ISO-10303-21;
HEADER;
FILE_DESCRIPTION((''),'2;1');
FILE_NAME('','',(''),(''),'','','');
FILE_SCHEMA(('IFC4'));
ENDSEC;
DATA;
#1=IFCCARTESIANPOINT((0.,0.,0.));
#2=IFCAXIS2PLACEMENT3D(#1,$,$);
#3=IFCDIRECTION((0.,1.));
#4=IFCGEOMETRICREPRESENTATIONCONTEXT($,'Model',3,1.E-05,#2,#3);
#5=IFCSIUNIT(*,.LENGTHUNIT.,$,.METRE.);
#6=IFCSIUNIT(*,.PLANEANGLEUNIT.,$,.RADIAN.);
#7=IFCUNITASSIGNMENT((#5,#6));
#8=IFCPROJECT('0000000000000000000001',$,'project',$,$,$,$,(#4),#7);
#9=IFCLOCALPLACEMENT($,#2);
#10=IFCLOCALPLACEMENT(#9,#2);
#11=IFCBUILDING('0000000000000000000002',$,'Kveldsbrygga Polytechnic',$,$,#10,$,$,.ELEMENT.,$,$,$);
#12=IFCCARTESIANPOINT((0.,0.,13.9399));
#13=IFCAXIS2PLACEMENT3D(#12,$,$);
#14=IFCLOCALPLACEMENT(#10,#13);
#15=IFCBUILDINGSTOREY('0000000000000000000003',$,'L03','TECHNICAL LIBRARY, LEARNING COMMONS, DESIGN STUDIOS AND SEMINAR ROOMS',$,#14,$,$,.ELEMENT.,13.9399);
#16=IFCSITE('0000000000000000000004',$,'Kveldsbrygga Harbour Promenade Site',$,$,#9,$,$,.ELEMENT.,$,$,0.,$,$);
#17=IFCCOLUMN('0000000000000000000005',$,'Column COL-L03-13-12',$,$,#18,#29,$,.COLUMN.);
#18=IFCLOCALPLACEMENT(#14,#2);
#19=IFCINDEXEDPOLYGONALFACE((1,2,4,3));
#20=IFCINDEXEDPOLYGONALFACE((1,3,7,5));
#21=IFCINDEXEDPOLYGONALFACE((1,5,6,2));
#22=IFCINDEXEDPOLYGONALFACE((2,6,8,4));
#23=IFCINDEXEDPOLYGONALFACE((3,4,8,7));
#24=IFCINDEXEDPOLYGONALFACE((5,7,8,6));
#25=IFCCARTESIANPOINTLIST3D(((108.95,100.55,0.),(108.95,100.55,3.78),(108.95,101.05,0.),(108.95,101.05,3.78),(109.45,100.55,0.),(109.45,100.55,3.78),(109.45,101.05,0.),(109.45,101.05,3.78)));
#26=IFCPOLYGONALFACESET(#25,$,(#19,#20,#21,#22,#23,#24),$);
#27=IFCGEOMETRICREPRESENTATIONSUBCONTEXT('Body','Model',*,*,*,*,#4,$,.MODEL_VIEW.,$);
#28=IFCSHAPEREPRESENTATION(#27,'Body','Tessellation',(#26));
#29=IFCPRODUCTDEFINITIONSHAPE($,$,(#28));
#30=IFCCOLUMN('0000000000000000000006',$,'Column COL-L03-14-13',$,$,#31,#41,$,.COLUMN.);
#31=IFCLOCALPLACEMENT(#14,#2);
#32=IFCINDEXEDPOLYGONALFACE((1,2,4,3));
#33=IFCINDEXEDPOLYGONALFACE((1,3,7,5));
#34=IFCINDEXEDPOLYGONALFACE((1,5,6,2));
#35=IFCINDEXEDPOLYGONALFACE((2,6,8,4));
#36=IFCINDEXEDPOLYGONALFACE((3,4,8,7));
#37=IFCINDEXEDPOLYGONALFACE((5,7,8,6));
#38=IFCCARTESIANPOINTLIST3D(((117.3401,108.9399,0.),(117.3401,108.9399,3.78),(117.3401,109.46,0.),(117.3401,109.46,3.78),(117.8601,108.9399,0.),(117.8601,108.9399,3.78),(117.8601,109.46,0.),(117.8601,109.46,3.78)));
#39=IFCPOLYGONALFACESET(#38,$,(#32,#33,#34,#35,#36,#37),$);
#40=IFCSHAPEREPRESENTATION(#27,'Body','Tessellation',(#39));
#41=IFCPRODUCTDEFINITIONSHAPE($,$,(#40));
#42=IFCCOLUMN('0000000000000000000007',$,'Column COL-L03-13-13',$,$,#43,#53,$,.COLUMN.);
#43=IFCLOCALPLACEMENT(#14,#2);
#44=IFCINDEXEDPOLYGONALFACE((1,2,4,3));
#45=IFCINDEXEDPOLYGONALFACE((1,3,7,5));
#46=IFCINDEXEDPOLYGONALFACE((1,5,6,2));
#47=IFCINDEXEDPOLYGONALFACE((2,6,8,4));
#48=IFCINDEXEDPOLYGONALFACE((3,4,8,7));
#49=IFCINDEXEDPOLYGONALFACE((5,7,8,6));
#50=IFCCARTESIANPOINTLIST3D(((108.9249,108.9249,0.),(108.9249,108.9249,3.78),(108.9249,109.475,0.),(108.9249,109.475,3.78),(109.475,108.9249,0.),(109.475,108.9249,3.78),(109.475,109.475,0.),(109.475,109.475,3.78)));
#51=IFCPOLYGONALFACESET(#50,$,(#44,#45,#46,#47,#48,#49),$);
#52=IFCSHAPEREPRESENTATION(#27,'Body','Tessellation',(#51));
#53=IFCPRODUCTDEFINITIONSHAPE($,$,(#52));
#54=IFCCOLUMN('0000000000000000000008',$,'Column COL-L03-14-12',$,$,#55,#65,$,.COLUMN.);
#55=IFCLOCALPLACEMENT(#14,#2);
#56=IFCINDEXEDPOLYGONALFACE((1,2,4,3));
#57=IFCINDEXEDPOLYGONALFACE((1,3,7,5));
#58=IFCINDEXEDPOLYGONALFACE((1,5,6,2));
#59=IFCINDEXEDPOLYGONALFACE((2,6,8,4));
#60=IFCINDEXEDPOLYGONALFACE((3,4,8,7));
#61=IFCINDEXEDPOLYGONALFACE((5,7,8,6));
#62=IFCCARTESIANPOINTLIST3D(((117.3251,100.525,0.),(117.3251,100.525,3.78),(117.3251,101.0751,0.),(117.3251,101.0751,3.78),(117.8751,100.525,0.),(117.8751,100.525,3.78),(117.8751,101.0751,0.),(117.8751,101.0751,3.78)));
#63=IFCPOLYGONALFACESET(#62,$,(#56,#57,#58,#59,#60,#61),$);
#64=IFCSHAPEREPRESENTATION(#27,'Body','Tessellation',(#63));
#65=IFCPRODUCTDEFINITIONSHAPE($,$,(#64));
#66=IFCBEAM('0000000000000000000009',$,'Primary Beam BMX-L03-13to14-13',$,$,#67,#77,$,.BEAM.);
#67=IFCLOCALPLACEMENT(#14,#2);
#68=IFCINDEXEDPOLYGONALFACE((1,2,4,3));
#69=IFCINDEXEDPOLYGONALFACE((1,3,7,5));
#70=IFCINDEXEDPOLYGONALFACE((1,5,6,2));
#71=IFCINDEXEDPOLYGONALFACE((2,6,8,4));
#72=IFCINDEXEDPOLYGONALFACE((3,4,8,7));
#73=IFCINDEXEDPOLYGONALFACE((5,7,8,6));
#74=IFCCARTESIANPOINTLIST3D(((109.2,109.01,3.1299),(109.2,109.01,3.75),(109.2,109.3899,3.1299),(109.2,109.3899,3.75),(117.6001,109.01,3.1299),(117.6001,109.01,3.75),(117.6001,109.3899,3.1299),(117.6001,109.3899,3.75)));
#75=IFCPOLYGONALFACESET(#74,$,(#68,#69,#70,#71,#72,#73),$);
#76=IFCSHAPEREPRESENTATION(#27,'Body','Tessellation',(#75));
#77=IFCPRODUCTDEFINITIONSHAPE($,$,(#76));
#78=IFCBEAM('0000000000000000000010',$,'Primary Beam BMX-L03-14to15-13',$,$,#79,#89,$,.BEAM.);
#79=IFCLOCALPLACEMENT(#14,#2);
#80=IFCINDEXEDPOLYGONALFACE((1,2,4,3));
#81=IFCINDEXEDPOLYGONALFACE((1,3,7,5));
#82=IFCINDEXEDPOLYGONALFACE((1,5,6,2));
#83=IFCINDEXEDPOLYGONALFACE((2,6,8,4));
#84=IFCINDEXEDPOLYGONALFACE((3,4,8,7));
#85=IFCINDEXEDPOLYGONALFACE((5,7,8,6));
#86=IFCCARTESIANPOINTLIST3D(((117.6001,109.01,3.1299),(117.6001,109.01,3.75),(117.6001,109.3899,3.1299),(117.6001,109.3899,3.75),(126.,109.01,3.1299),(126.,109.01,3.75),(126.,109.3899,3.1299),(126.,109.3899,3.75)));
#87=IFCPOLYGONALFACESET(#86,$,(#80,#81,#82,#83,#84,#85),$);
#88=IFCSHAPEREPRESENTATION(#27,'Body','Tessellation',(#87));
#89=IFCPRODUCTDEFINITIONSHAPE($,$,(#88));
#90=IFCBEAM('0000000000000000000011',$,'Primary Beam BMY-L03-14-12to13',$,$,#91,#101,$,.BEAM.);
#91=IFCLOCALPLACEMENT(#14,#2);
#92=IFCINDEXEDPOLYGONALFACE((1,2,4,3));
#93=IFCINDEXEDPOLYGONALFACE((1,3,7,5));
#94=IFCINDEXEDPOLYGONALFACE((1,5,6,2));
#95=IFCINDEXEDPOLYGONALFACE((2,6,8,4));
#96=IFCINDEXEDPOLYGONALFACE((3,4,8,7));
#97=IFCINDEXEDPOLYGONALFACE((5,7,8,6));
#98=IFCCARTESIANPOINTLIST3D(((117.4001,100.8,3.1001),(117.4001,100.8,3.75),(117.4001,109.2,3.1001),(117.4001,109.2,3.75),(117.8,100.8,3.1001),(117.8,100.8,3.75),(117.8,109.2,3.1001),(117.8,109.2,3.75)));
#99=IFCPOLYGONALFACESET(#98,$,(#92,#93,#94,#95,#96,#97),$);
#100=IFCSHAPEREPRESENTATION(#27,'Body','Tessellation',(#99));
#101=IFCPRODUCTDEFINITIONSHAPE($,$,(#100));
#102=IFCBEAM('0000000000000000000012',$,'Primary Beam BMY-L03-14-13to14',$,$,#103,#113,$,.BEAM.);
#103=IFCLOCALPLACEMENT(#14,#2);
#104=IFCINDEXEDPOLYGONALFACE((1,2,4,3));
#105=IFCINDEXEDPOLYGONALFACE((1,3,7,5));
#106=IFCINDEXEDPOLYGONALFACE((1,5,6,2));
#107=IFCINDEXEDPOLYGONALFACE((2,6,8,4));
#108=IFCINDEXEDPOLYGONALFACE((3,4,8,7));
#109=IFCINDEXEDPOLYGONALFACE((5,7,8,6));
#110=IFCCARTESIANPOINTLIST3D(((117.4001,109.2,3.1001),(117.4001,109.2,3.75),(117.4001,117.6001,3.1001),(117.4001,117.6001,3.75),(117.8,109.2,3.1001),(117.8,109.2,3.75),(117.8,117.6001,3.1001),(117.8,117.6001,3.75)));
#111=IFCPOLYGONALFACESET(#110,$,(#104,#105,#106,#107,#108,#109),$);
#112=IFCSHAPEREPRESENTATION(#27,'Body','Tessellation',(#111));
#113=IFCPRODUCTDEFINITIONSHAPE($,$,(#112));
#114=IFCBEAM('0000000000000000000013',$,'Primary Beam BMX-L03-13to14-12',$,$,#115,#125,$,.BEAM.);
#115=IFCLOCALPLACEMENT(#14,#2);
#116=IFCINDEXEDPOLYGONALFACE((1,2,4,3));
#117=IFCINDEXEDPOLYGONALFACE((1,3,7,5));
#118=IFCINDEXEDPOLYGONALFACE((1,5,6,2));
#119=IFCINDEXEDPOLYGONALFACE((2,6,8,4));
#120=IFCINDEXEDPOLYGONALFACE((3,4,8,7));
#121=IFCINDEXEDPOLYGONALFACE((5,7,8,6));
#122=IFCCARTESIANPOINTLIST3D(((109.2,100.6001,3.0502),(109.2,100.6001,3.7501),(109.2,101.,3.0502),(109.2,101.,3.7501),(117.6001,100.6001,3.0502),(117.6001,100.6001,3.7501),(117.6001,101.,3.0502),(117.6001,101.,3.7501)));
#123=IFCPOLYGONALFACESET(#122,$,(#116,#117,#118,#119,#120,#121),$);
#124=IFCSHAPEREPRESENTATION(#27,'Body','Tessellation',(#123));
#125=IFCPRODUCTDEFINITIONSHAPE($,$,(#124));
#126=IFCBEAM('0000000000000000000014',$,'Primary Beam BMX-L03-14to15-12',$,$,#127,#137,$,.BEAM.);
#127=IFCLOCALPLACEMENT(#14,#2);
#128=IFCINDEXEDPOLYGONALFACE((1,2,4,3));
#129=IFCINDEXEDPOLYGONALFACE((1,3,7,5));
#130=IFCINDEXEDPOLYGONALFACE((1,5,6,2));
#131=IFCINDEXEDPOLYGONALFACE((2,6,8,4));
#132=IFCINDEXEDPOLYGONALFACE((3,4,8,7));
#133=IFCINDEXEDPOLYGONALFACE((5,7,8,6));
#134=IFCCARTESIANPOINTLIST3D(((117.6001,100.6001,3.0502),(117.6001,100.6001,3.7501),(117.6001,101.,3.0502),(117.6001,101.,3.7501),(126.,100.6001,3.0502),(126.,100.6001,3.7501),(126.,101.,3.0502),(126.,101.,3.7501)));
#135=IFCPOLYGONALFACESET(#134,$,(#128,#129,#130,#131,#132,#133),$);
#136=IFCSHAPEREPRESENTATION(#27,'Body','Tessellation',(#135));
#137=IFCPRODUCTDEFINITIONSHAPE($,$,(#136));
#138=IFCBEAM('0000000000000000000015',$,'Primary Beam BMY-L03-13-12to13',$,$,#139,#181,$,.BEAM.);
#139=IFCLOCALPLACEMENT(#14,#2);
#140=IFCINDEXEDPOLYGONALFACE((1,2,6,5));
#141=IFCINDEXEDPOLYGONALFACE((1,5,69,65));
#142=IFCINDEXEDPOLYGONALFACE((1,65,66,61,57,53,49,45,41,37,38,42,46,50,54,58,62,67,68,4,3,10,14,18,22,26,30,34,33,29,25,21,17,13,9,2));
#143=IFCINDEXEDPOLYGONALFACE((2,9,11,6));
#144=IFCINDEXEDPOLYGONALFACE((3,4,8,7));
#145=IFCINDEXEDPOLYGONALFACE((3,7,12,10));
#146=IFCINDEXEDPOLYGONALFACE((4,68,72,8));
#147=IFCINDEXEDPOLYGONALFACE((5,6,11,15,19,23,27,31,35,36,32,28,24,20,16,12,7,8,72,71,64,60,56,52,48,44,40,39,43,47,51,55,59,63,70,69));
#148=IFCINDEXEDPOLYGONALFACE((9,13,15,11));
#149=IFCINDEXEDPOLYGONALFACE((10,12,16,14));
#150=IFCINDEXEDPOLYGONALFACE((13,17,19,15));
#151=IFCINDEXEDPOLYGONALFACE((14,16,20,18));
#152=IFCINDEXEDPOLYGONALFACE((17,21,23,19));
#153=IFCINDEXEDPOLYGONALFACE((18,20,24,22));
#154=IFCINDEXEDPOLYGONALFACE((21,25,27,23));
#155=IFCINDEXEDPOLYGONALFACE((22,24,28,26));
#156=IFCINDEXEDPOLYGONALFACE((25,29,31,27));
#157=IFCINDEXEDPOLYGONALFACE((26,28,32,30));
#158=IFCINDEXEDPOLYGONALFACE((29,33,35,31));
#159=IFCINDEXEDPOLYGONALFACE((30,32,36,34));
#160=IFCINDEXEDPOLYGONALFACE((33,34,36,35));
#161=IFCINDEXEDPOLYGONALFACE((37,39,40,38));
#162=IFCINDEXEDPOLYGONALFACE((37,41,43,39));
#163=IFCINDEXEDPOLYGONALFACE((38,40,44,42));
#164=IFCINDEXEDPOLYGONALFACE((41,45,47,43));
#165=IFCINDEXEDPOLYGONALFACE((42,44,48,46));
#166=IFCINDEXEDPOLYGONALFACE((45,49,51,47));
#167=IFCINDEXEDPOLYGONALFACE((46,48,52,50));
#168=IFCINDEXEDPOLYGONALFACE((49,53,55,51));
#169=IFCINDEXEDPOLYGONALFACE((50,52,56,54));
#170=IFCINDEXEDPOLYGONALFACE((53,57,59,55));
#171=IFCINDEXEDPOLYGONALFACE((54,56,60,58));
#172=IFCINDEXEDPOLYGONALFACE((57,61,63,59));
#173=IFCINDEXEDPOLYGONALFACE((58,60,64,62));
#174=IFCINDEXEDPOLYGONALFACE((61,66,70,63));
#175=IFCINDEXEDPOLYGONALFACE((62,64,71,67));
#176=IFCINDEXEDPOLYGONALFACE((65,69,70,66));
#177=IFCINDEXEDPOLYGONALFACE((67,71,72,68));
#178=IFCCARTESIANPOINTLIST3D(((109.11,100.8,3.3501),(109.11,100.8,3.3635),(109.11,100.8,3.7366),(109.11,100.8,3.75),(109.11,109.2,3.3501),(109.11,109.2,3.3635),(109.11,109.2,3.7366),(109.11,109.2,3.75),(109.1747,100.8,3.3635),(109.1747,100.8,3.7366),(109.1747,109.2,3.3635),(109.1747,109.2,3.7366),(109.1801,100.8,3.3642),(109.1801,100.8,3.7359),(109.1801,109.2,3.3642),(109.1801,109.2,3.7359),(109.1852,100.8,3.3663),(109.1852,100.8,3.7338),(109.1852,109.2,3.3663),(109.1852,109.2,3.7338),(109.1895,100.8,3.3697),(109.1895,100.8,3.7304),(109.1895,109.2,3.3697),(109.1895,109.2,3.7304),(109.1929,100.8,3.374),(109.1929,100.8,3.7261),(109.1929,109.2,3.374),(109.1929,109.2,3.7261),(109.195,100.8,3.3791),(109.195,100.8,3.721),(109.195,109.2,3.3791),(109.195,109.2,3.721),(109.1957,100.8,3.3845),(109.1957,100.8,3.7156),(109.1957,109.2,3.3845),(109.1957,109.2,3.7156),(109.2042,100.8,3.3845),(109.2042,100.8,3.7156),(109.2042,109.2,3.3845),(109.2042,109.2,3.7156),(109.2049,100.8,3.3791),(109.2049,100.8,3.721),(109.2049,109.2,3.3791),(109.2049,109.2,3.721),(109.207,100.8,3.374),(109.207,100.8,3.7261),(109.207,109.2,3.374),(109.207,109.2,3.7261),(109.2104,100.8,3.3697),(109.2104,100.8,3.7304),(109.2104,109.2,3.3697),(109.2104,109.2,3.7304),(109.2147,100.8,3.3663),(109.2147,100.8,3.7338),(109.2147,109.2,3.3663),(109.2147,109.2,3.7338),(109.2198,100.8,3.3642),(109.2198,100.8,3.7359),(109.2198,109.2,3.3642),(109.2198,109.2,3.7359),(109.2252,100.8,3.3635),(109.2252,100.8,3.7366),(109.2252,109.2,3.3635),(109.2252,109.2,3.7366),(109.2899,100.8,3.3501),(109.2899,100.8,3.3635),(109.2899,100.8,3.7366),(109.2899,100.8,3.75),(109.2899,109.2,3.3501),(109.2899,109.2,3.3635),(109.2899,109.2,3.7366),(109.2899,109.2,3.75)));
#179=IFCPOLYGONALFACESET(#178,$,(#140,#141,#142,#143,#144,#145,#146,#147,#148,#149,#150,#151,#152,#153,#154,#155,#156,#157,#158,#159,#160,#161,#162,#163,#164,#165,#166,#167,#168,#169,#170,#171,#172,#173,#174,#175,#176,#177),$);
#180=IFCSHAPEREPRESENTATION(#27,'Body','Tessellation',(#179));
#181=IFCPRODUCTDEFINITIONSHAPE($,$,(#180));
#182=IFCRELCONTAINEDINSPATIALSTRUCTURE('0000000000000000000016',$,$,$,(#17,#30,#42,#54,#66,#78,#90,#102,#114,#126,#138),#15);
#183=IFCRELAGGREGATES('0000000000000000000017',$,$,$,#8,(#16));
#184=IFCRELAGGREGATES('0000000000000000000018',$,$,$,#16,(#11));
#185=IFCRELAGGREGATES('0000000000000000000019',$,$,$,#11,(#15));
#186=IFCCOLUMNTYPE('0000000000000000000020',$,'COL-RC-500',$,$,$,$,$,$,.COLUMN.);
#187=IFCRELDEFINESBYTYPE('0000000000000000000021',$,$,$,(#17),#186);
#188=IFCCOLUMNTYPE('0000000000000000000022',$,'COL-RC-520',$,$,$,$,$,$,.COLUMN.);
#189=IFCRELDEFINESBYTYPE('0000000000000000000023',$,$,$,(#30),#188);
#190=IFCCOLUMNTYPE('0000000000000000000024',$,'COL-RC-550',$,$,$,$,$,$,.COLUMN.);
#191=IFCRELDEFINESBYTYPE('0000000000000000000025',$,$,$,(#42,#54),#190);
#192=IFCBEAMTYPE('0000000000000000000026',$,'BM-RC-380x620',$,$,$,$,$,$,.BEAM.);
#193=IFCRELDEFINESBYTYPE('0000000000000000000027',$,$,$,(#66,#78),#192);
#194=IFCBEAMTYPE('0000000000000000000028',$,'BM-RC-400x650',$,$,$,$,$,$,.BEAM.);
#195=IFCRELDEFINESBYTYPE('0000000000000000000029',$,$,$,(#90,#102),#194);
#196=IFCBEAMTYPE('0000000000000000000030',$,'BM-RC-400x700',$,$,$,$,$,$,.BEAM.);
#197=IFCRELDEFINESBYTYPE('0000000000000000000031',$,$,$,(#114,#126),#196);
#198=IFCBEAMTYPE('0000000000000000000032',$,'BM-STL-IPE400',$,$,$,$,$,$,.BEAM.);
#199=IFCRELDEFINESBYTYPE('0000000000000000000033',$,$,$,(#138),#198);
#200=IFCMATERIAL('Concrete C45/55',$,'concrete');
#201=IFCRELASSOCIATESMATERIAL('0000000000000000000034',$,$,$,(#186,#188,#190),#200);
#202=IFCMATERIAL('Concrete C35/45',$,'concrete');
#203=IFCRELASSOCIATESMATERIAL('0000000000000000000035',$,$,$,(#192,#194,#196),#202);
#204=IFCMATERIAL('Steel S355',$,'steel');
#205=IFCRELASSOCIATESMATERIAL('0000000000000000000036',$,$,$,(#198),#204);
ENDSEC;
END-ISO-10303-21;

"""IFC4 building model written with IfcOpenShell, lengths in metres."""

from ifc_helpers import new_model, si_unit, direction, frame, origin, origin_2d, place, context, subcontext, project, spatial, rectangle, i_section, extrude, material, material_profile, profile_set, type_object, element, save


model = new_model("IFC4")

# Units and contexts
model_context = context("Model", 3, precision=1e-05, world=origin(), true_north=direction((0.0, 1.0)))
body_context = subcontext(model_context, "Body", "Model", "MODEL_VIEW")
ifc_project = project(units=[si_unit("LENGTHUNIT", "METRE"), si_unit("PLANEANGLEUNIT", "RADIAN")], contexts=[model_context])

# Site, building, storey
site_placement = place(None, origin())
site = spatial("IfcSite", under=ifc_project, at=site_placement, Name="Kveldsbrygga Harbour Promenade Site", CompositionType="ELEMENT", RefElevation=0.0)
building_placement = place(site_placement, origin())
building = spatial("IfcBuilding", under=site, at=building_placement, Name="Kveldsbrygga Polytechnic", CompositionType="ELEMENT")
storey_placement = place(building_placement, frame((0.0, 0.0, 13.9399)))
storey = spatial("IfcBuildingStorey", under=building, at=storey_placement, Name="L03", Description="TECHNICAL LIBRARY, LEARNING COMMONS, DESIGN STUDIOS AND SEMINAR ROOMS", CompositionType="ELEMENT", Elevation=13.9399)

# Columns
ifc_material_1 = material(Name="Concrete C45/55", Category="concrete")
ifc_material_profile_1 = material_profile(ifc_material_1, rectangle(XDim=0.5, YDim=0.5, at=origin_2d()), Name="RC 500x500")
ifc_profile_set_1 = profile_set([ifc_material_profile_1], Name="Concrete C45/55")
column_type_1 = type_object("IfcColumnType", Name="COL-RC-500", PredefinedType="COLUMN", material=ifc_profile_set_1)
column_1_placement = place(storey_placement, frame((109.2, 100.8, 0.0), z_axis=(0.0, 0.0, 1.0), x_axis=(1.0, 0.0, 0.0)))
element("IfcColumn", 1, at=column_1_placement, inside=storey, type_object=column_type_1, Name="Column COL-L03-13-12", PredefinedType="COLUMN", context=body_context, shape_type="SweptSolid", body=[
    extrude(rectangle(XDim=0.5, YDim=0.5, at=origin_2d()), origin(), (0.0, 0.0, 1.0), 3.78),
])
ifc_material_profile_2 = material_profile(ifc_material_1, rectangle(XDim=0.52, YDim=0.52, at=origin_2d()), Name="RC 520x520")
ifc_profile_set_2 = profile_set([ifc_material_profile_2], Name="Concrete C45/55")
column_type_2 = type_object("IfcColumnType", Name="COL-RC-520", PredefinedType="COLUMN", material=ifc_profile_set_2)
column_2_placement = place(storey_placement, frame((117.6001, 109.2, 0.0), z_axis=(0.0, 0.0, 1.0), x_axis=(1.0, 0.0, 0.0)))
element("IfcColumn", 2, at=column_2_placement, inside=storey, type_object=column_type_2, Name="Column COL-L03-14-13", PredefinedType="COLUMN", context=body_context, shape_type="SweptSolid", body=[
    extrude(rectangle(XDim=0.52, YDim=0.52, at=origin_2d()), origin(), (0.0, 0.0, 1.0), 3.78),
])
ifc_material_profile_3 = material_profile(ifc_material_1, rectangle(XDim=0.55, YDim=0.55, at=origin_2d()), Name="RC 550x550")
ifc_profile_set_3 = profile_set([ifc_material_profile_3], Name="Concrete C45/55")
column_type_3 = type_object("IfcColumnType", Name="COL-RC-550", PredefinedType="COLUMN", material=ifc_profile_set_3)
for number, where, z_axis, x_axis, name in (
    (3, (109.2, 109.2, 0.0), (0.0, 0.0, 1.0), (1.0, 0.0, 0.0), "Column COL-L03-13-13"),
    (4, (117.6001, 100.8, 0.0), (0.0, 0.0, 1.0), (1.0, 0.0, 0.0), "Column COL-L03-14-12"),
):
    element("IfcColumn", number, at=place(storey_placement, frame(where, z_axis=z_axis, x_axis=x_axis)), inside=storey, type_object=column_type_3, Name=name, PredefinedType="COLUMN", context=body_context, shape_type="SweptSolid", body=[
        extrude(rectangle(XDim=0.55, YDim=0.55, at=origin_2d()), origin(), (0.0, 0.0, 1.0), 3.78),
    ])

# Beams
ifc_material_2 = material(Name="Concrete C35/45", Category="concrete")
ifc_material_profile_4 = material_profile(ifc_material_2, rectangle(XDim=0.3799, YDim=0.6201, at=origin_2d()), Name="RC 380x620")
ifc_profile_set_4 = profile_set([ifc_material_profile_4], Name="Concrete C35/45")
beam_type_1 = type_object("IfcBeamType", Name="BM-RC-380x620", PredefinedType="BEAM", material=ifc_profile_set_4)
beam_1_placement = place(storey_placement, frame((109.2, 109.2, 3.4399), z_axis=(1.0, 0.0, 0.0), x_axis=(0.0, 1.0, 0.0)))
element("IfcBeam", 5, at=beam_1_placement, inside=storey, type_object=beam_type_1, Name="Primary Beam BMX-L03-13to14-13", PredefinedType="BEAM", context=body_context, shape_type="SweptSolid", body=[
    extrude(rectangle(XDim=0.3799, YDim=0.6201, at=origin_2d()), origin(), (0.0, 0.0, 1.0), 8.4001),
])
beam_2_placement = place(storey_placement, frame((117.6001, 109.2, 3.4399), z_axis=(1.0, 0.0, 0.0), x_axis=(0.0, 1.0, 0.0)))
element("IfcBeam", 6, at=beam_2_placement, inside=storey, type_object=beam_type_1, Name="Primary Beam BMX-L03-14to15-13", PredefinedType="BEAM", context=body_context, shape_type="SweptSolid", body=[
    extrude(rectangle(XDim=0.3799, YDim=0.6201, at=origin_2d()), origin(), (0.0, 0.0, 1.0), 8.3999),
])
ifc_material_profile_5 = material_profile(ifc_material_2, rectangle(XDim=0.3999, YDim=0.6499, at=origin_2d()), Name="RC 400x650")
ifc_profile_set_5 = profile_set([ifc_material_profile_5], Name="Concrete C35/45")
beam_type_2 = type_object("IfcBeamType", Name="BM-RC-400x650", PredefinedType="BEAM", material=ifc_profile_set_5)
beam_3_placement = place(storey_placement, frame((117.6001, 100.8, 3.425), z_axis=(0.0, 1.0, 0.0), x_axis=(-1.0, 0.0, 0.0)))
element("IfcBeam", 7, at=beam_3_placement, inside=storey, type_object=beam_type_2, Name="Primary Beam BMY-L03-14-12to13", PredefinedType="BEAM", context=body_context, shape_type="SweptSolid", body=[
    extrude(rectangle(XDim=0.3999, YDim=0.6499, at=origin_2d()), origin(), (0.0, 0.0, 1.0), 8.3999),
])
beam_4_placement = place(storey_placement, frame((117.6001, 109.2, 3.425), z_axis=(0.0, 1.0, 0.0), x_axis=(-1.0, 0.0, 0.0)))
element("IfcBeam", 8, at=beam_4_placement, inside=storey, type_object=beam_type_2, Name="Primary Beam BMY-L03-14-13to14", PredefinedType="BEAM", context=body_context, shape_type="SweptSolid", body=[
    extrude(rectangle(XDim=0.3999, YDim=0.6499, at=origin_2d()), origin(), (0.0, 0.0, 1.0), 8.4001),
])
ifc_material_profile_6 = material_profile(ifc_material_2, rectangle(XDim=0.3999, YDim=0.7, at=origin_2d()), Name="RC 400x700")
ifc_profile_set_6 = profile_set([ifc_material_profile_6], Name="Concrete C35/45")
beam_type_3 = type_object("IfcBeamType", Name="BM-RC-400x700", PredefinedType="BEAM", material=ifc_profile_set_6)
beam_5_placement = place(storey_placement, frame((109.2, 100.8, 3.4001), z_axis=(1.0, 0.0, 0.0), x_axis=(0.0, 1.0, 0.0)))
element("IfcBeam", 9, at=beam_5_placement, inside=storey, type_object=beam_type_3, Name="Primary Beam BMX-L03-13to14-12", PredefinedType="BEAM", context=body_context, shape_type="SweptSolid", body=[
    extrude(rectangle(XDim=0.3999, YDim=0.7, at=origin_2d()), origin(), (0.0, 0.0, 1.0), 8.4001),
])
beam_6_placement = place(storey_placement, frame((117.6001, 100.8, 3.4001), z_axis=(1.0, 0.0, 0.0), x_axis=(0.0, 1.0, 0.0)))
element("IfcBeam", 10, at=beam_6_placement, inside=storey, type_object=beam_type_3, Name="Primary Beam BMX-L03-14to15-12", PredefinedType="BEAM", context=body_context, shape_type="SweptSolid", body=[
    extrude(rectangle(XDim=0.3999, YDim=0.7, at=origin_2d()), origin(), (0.0, 0.0, 1.0), 8.3999),
])
ifc_material_3 = material(Name="Steel S355", Category="steel")
ifc_material_profile_7 = material_profile(ifc_material_3, i_section(OverallWidth=0.1799, OverallDepth=0.3999, WebThickness=0.0085, FlangeThickness=0.0134, FilletRadius=0.021, at=origin_2d()), Name="IPE 400")
ifc_profile_set_7 = profile_set([ifc_material_profile_7], Name="Steel S355")
beam_type_4 = type_object("IfcBeamType", Name="BM-STL-IPE400", PredefinedType="BEAM", material=ifc_profile_set_7)
beam_7_placement = place(storey_placement, frame((109.2, 100.8, 3.55), z_axis=(0.0, 1.0, 0.0), x_axis=(-1.0, 0.0, 0.0)))
element("IfcBeam", 11, at=beam_7_placement, inside=storey, type_object=beam_type_4, Name="Primary Beam BMY-L03-13-12to13", PredefinedType="BEAM", context=body_context, shape_type="SweptSolid", body=[
    extrude(i_section(OverallWidth=0.1799, OverallDepth=0.3999, WebThickness=0.0085, FlangeThickness=0.0134, FilletRadius=0.021, at=origin_2d()), origin(), (0.0, 0.0, 1.0), 8.3999),
])

save(model, "model.ifc")
